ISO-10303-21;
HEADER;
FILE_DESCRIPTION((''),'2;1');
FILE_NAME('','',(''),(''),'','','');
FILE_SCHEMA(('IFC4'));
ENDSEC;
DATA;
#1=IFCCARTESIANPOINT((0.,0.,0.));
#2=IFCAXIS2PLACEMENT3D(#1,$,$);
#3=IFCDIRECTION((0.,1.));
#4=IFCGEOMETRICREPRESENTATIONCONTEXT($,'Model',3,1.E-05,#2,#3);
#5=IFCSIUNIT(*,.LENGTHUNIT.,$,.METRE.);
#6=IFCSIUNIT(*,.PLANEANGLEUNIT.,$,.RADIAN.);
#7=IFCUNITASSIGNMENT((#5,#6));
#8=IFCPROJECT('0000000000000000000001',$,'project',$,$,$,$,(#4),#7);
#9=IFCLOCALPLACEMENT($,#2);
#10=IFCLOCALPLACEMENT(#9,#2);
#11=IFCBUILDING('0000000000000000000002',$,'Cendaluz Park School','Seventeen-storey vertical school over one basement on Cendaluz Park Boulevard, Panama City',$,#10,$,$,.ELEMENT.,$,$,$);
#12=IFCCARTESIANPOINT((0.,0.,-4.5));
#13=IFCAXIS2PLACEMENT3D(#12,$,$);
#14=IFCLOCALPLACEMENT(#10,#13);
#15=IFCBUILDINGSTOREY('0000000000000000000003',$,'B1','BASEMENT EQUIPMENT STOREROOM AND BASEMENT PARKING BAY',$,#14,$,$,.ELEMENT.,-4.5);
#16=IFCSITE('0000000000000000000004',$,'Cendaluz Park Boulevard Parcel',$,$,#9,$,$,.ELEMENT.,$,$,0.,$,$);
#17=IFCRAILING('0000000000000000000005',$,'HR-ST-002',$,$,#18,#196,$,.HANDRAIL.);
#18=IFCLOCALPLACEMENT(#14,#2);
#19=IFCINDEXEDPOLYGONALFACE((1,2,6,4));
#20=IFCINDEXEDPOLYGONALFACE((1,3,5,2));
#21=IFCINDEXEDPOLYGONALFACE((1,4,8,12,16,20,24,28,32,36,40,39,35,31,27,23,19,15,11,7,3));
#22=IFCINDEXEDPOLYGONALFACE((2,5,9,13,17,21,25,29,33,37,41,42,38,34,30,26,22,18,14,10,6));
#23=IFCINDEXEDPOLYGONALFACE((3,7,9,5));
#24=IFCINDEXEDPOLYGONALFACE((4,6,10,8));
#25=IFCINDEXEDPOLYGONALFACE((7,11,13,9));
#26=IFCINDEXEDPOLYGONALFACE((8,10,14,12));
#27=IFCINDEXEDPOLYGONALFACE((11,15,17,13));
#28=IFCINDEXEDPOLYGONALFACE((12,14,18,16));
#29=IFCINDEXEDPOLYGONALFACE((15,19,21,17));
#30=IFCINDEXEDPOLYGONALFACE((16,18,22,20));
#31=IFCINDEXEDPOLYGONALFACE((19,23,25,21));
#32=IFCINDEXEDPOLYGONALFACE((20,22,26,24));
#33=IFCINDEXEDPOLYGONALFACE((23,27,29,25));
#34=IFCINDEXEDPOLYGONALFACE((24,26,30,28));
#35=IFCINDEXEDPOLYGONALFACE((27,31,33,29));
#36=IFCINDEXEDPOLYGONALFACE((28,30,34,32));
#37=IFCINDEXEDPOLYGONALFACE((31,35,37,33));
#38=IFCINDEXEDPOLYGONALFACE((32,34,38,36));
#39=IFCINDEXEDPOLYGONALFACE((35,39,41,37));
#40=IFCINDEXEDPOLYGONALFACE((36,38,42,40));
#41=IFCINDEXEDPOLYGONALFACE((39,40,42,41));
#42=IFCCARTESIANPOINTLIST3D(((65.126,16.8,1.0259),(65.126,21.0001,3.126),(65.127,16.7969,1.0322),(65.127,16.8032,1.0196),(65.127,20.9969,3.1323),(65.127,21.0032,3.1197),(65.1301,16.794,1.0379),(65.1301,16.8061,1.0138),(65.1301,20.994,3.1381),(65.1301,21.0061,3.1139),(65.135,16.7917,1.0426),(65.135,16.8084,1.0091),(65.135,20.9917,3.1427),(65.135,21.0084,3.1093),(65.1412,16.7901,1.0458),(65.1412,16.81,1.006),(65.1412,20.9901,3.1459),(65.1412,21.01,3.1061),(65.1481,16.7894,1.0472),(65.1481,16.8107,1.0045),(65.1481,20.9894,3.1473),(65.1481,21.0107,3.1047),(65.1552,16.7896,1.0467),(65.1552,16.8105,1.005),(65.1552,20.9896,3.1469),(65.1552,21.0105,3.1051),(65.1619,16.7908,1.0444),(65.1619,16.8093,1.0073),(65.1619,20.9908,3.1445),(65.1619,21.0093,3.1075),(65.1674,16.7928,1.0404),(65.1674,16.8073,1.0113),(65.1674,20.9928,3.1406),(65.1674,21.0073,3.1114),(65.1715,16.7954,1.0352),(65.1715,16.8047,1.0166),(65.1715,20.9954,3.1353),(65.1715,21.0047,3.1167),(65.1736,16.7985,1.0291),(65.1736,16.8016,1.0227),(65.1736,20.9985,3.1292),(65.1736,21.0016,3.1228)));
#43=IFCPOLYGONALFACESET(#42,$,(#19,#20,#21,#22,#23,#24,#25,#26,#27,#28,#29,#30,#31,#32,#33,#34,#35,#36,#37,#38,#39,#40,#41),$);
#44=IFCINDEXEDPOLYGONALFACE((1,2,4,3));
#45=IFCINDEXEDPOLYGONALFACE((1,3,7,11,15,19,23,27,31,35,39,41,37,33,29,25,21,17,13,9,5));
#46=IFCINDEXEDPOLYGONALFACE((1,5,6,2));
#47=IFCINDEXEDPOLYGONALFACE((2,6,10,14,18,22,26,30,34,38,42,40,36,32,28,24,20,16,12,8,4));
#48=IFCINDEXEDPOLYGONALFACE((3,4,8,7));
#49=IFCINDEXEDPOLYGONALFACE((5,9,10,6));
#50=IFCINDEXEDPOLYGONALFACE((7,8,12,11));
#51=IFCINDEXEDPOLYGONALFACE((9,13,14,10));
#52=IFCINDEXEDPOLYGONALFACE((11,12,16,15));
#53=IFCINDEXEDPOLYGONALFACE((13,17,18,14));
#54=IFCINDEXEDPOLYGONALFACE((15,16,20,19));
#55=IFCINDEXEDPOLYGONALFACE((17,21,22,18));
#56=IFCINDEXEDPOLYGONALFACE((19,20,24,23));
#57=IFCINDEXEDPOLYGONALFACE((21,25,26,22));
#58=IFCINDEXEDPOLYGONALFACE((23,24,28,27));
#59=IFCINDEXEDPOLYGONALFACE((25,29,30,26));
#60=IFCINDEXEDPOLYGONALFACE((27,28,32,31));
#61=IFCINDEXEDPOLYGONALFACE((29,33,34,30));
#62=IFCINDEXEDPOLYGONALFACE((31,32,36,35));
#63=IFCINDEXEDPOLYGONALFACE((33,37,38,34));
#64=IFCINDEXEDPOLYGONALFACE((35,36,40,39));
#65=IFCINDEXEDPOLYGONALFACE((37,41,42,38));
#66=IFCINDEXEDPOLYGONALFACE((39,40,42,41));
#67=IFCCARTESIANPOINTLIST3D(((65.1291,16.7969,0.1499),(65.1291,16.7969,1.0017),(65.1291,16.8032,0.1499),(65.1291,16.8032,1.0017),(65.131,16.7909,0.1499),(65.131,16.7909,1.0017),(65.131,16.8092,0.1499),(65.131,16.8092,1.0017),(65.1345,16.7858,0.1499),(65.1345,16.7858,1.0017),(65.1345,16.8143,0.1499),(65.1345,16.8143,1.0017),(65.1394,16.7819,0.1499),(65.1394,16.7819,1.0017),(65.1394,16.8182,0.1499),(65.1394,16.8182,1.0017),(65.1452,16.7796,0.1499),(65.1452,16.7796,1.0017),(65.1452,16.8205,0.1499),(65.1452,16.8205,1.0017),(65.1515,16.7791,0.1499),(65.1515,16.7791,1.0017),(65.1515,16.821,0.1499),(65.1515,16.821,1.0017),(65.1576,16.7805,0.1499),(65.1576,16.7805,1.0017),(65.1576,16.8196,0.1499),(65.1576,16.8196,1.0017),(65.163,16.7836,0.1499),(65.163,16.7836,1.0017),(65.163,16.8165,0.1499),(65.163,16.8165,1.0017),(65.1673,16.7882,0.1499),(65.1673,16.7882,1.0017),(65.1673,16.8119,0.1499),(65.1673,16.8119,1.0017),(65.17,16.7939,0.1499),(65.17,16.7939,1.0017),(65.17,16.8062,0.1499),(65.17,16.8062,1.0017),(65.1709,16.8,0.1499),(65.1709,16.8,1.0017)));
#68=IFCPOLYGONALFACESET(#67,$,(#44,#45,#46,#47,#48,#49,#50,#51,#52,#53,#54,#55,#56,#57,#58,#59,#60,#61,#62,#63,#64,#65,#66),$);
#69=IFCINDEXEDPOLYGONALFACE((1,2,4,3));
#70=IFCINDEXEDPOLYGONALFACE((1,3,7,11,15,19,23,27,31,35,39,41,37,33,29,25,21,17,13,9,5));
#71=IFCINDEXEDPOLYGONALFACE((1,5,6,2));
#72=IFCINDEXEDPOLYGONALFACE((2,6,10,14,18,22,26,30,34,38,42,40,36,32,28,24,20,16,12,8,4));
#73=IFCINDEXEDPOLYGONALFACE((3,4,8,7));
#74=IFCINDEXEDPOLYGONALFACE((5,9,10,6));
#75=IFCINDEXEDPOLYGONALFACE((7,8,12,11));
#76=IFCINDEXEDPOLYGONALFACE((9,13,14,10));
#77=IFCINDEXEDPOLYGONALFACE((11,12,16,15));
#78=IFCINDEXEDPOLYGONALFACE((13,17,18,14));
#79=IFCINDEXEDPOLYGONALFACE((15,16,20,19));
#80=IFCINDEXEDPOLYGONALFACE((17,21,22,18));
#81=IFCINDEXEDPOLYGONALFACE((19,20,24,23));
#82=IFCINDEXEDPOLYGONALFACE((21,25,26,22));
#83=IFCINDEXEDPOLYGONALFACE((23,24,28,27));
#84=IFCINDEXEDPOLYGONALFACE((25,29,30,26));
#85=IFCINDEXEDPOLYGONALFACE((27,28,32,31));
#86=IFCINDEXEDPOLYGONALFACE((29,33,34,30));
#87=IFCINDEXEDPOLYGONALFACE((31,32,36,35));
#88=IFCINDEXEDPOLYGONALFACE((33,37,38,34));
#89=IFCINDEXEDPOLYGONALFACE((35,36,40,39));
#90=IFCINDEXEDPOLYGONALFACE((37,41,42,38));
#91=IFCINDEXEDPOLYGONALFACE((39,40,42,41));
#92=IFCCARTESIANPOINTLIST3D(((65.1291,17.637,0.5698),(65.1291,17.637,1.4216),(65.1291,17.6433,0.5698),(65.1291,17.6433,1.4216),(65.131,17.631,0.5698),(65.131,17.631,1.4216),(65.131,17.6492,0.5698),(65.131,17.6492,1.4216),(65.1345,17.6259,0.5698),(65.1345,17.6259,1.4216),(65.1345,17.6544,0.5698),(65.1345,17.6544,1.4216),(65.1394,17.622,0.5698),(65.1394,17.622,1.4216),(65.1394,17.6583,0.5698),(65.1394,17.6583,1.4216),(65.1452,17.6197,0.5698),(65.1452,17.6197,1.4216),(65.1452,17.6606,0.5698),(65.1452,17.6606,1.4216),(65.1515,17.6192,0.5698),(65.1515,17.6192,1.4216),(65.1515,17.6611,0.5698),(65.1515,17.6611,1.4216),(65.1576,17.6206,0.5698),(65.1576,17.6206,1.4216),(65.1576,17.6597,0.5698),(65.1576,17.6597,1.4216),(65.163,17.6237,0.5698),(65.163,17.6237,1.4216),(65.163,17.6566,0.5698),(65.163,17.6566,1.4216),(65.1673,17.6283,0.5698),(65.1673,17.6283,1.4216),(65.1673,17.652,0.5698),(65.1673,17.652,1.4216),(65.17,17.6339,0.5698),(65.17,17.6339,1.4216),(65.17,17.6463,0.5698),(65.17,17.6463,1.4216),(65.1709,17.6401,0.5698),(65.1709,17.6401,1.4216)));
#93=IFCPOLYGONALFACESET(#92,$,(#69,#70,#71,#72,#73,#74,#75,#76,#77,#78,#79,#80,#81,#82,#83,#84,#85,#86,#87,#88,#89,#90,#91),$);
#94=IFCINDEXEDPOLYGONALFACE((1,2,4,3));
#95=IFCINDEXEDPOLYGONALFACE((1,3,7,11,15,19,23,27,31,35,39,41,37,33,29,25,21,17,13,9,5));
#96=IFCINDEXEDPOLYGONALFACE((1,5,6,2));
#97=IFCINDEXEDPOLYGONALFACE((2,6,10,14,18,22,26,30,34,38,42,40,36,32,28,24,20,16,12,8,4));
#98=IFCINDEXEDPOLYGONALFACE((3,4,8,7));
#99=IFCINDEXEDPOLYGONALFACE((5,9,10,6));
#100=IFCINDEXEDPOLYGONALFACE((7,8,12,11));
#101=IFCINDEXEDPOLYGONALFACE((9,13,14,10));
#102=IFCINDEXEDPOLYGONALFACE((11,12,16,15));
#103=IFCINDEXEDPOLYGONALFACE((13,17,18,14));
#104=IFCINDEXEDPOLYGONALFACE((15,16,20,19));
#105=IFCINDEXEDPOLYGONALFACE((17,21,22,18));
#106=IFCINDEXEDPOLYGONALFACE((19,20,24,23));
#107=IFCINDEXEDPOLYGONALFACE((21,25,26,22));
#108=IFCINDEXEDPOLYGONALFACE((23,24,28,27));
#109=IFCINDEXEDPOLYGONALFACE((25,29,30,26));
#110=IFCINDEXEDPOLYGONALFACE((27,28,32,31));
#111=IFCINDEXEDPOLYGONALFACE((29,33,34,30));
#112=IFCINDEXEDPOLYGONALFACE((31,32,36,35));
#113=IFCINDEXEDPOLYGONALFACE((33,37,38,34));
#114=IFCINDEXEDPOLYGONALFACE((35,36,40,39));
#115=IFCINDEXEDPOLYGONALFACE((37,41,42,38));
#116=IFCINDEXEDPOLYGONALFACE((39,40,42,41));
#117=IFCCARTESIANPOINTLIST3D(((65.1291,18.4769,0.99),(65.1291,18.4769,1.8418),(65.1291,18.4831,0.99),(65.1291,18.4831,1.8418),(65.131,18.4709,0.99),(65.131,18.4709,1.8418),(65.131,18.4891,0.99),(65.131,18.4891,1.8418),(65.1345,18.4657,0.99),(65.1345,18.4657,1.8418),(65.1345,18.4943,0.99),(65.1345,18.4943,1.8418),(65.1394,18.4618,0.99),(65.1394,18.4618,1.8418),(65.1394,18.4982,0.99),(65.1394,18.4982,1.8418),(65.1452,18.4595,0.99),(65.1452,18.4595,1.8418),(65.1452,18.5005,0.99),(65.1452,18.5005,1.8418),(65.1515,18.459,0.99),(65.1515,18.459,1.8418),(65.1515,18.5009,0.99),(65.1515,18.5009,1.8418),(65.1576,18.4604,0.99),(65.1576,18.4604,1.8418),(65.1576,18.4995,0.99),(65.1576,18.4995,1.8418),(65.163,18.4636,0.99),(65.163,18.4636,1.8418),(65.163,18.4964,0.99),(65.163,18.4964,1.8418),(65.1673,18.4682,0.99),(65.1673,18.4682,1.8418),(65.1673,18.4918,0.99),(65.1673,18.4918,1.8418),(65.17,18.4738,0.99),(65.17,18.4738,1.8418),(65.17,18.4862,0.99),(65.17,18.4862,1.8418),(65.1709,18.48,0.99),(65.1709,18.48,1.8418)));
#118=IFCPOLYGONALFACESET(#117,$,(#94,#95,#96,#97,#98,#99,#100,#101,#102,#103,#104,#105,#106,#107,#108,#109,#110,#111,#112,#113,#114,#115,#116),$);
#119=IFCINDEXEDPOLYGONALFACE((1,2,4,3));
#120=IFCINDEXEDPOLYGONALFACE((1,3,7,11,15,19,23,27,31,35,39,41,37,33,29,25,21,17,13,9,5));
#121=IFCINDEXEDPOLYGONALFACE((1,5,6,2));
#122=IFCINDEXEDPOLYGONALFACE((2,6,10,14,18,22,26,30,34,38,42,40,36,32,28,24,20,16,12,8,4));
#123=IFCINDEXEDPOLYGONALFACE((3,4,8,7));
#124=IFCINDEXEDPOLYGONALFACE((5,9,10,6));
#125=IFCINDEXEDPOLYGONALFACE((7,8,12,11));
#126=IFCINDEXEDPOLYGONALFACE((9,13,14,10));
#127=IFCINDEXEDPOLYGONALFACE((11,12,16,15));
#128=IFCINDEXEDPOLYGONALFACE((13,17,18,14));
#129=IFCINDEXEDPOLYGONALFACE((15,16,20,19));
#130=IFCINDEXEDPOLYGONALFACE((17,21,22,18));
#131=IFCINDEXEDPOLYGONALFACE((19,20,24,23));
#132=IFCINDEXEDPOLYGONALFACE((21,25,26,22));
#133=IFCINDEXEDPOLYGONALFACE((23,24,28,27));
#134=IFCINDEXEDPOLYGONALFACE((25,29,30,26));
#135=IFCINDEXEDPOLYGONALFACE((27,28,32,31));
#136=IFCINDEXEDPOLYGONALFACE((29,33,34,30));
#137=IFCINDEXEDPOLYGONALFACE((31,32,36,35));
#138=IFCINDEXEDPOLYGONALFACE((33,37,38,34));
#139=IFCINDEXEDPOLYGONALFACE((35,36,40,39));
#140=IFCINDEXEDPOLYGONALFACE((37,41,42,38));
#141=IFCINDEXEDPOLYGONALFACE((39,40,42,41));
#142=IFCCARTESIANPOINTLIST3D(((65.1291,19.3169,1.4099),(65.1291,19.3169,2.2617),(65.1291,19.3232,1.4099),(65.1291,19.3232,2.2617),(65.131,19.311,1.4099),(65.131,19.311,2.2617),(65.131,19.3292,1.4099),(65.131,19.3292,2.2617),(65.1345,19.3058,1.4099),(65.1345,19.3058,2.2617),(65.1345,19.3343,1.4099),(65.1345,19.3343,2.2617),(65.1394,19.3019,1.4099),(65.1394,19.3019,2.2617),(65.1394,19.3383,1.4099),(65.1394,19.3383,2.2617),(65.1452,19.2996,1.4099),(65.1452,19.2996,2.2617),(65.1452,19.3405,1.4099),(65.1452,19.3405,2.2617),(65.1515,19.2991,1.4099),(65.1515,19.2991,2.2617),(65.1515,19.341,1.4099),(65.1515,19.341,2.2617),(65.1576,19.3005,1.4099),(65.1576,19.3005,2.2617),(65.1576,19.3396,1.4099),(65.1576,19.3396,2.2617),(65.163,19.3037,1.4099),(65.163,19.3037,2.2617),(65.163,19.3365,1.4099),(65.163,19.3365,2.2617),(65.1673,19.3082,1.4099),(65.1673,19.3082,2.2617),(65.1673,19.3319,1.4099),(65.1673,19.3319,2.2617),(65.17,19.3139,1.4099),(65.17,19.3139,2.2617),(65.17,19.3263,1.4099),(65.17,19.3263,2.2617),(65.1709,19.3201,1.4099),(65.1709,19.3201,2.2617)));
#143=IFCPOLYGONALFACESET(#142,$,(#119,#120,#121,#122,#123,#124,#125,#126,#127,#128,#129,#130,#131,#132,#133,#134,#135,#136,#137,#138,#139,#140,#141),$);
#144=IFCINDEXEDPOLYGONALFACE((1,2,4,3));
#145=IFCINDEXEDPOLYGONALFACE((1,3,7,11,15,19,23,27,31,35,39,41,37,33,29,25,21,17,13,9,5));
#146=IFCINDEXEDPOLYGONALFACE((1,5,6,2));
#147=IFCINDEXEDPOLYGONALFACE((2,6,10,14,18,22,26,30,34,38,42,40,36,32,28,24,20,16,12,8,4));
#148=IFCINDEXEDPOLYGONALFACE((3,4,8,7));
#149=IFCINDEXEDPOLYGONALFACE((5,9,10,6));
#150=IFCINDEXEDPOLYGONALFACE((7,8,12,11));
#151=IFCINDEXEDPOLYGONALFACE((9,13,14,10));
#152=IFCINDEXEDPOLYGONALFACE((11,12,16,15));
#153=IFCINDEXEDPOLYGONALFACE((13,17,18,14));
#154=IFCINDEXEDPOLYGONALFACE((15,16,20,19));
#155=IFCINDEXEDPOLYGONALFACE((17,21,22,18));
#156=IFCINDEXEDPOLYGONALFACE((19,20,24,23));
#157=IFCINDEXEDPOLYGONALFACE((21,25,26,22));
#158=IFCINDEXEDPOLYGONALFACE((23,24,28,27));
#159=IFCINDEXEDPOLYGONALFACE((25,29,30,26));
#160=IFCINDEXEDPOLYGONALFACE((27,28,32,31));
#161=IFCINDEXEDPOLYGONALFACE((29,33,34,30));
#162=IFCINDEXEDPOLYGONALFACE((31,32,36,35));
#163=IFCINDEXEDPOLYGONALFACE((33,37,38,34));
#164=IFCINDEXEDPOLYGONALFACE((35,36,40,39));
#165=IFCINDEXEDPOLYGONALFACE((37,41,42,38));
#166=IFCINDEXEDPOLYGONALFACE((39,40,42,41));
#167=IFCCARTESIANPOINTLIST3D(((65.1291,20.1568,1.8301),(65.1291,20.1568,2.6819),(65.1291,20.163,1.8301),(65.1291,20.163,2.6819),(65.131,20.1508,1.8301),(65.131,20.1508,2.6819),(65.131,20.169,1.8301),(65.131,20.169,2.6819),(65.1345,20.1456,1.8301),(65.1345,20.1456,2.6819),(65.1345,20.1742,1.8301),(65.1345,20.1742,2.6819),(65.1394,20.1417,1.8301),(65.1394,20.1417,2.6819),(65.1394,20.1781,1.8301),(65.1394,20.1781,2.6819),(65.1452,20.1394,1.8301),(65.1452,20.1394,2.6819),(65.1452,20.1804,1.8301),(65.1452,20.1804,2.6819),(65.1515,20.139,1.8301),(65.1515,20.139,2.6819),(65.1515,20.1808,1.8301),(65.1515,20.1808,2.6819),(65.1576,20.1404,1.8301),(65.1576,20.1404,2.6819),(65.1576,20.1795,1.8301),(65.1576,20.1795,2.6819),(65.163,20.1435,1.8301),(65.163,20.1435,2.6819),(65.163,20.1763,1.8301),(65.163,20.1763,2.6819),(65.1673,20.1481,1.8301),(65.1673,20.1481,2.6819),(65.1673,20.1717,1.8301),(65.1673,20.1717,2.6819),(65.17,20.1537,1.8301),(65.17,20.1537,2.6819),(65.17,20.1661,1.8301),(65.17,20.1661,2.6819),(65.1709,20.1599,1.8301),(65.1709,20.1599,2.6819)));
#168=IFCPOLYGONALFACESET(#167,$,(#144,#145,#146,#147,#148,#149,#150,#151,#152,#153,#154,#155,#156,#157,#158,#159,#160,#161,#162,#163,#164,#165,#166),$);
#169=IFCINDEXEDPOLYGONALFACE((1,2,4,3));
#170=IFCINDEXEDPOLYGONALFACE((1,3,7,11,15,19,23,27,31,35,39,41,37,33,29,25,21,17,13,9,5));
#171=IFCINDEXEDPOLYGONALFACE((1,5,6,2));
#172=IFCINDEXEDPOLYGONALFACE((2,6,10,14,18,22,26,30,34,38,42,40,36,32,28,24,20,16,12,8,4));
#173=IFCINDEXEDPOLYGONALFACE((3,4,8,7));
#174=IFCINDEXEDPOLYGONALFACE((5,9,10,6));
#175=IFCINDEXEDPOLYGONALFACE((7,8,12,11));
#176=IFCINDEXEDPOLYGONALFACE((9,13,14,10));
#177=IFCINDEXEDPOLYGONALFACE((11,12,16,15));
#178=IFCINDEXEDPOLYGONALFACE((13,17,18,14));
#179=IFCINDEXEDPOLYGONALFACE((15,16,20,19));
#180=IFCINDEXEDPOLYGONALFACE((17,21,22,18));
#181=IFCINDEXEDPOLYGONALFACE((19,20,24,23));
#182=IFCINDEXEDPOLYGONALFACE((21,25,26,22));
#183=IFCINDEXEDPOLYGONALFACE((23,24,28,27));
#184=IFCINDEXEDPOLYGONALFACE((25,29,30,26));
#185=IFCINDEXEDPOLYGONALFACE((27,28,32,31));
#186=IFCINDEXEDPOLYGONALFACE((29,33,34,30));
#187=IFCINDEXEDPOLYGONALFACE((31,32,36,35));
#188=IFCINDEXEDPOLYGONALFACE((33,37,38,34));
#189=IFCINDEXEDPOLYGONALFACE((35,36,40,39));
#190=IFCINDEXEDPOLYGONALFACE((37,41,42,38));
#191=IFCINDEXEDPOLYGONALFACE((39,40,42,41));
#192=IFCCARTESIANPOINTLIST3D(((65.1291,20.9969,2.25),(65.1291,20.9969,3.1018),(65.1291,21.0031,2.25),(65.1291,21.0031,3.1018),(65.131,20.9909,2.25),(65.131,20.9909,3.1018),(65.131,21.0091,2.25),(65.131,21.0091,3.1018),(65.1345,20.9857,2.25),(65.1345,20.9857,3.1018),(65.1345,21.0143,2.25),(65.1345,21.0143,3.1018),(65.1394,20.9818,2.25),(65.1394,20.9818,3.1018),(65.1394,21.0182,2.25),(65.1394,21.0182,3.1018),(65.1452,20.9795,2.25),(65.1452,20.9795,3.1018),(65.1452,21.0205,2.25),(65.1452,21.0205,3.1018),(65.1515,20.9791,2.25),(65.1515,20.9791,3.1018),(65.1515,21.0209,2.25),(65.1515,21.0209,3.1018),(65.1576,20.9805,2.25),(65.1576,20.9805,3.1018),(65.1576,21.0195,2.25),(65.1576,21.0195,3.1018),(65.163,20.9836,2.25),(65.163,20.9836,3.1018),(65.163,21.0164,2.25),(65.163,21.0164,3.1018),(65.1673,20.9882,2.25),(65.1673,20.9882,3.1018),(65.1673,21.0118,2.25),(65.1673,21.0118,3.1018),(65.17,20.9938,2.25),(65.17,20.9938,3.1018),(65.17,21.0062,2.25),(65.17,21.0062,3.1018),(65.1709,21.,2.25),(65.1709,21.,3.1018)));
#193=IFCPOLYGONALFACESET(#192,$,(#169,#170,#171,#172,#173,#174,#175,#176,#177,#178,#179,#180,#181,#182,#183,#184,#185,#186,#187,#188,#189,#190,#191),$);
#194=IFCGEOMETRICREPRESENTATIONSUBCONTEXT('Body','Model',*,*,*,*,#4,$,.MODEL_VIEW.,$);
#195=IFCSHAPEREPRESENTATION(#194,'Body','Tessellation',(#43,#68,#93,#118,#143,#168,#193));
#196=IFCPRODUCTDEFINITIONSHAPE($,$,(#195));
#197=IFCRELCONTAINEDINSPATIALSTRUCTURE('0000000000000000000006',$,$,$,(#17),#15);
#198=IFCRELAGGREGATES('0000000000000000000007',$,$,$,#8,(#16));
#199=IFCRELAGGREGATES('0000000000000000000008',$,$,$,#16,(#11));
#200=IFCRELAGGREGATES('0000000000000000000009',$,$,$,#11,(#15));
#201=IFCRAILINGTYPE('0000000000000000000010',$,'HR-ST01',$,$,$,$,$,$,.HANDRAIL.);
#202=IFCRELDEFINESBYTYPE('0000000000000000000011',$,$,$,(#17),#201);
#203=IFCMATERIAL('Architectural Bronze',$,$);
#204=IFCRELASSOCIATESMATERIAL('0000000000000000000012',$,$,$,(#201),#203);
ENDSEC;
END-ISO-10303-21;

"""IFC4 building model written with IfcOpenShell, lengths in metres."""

from ifc_helpers import new_model, si_unit, direction, frame, origin, origin_2d, place, context, subcontext, project, spatial, circle, extrude, material, type_object, element, save


model = new_model("IFC4")

# Units and contexts
model_context = context("Model", 3, precision=1e-05, world=origin(), true_north=direction((0.0, 1.0)))
body_context = subcontext(model_context, "Body", "Model", "MODEL_VIEW")
ifc_project = project(units=[si_unit("LENGTHUNIT", "METRE"), si_unit("PLANEANGLEUNIT", "RADIAN")], contexts=[model_context])

# Site, building, storey
site_placement = place(None, origin())
site = spatial("IfcSite", under=ifc_project, at=site_placement, Name="Cendaluz Park Boulevard Parcel", CompositionType="ELEMENT", RefElevation=0.0)
building_placement = place(site_placement, origin())
building = spatial("IfcBuilding", under=site, at=building_placement, Name="Cendaluz Park School", Description="Seventeen-storey vertical school over one basement on Cendaluz Park Boulevard, Panama City", CompositionType="ELEMENT")
storey_placement = place(building_placement, frame((0.0, 0.0, -4.5)))
storey = spatial("IfcBuildingStorey", under=building, at=storey_placement, Name="B1", Description="BASEMENT EQUIPMENT STOREROOM AND BASEMENT PARKING BAY", CompositionType="ELEMENT", Elevation=-4.5)

# Railing
ifc_material_1 = material(Name="Architectural Bronze")
railing_type = type_object("IfcRailingType", Name="HR-ST01", PredefinedType="HANDRAIL", material=ifc_material_1)
railing_placement = place(storey_placement, frame((65.1499, 16.8, 0.1499)))
element("IfcRailing", 1, at=railing_placement, inside=storey, type_object=railing_type, Name="HR-ST-002", PredefinedType="HANDRAIL", context=body_context, shape_type="SweptSolid", body=[
    extrude(circle(Radius=0.0239, at=origin_2d()), frame((0.0, 0.0, 0.876), z_axis=(0.0, 0.894417, 0.447234), x_axis=(-1.0, 0.0, 0.0)), (0.0, 0.0, 1.0), 4.6958),
    extrude(circle(Radius=0.021, at=origin_2d()), origin(), (0.0, 0.0, 1.0), 0.8518),
    extrude(circle(Radius=0.021, at=origin_2d()), frame((0.0, 0.8401, 0.4199)), (0.0, 0.0, 1.0), 0.8518),
    extrude(circle(Radius=0.021, at=origin_2d()), frame((0.0, 1.6799, 0.8401)), (0.0, 0.0, 1.0), 0.8518),
    extrude(circle(Radius=0.021, at=origin_2d()), frame((0.0, 2.52, 1.26)), (0.0, 0.0, 1.0), 0.8518),
    extrude(circle(Radius=0.021, at=origin_2d()), frame((0.0, 3.3599, 1.6802)), (0.0, 0.0, 1.0), 0.8518),
    extrude(circle(Radius=0.021, at=origin_2d()), frame((0.0, 4.2, 2.1001)), (0.0, 0.0, 1.0), 0.8518),
])

save(model, "model.ifc")
